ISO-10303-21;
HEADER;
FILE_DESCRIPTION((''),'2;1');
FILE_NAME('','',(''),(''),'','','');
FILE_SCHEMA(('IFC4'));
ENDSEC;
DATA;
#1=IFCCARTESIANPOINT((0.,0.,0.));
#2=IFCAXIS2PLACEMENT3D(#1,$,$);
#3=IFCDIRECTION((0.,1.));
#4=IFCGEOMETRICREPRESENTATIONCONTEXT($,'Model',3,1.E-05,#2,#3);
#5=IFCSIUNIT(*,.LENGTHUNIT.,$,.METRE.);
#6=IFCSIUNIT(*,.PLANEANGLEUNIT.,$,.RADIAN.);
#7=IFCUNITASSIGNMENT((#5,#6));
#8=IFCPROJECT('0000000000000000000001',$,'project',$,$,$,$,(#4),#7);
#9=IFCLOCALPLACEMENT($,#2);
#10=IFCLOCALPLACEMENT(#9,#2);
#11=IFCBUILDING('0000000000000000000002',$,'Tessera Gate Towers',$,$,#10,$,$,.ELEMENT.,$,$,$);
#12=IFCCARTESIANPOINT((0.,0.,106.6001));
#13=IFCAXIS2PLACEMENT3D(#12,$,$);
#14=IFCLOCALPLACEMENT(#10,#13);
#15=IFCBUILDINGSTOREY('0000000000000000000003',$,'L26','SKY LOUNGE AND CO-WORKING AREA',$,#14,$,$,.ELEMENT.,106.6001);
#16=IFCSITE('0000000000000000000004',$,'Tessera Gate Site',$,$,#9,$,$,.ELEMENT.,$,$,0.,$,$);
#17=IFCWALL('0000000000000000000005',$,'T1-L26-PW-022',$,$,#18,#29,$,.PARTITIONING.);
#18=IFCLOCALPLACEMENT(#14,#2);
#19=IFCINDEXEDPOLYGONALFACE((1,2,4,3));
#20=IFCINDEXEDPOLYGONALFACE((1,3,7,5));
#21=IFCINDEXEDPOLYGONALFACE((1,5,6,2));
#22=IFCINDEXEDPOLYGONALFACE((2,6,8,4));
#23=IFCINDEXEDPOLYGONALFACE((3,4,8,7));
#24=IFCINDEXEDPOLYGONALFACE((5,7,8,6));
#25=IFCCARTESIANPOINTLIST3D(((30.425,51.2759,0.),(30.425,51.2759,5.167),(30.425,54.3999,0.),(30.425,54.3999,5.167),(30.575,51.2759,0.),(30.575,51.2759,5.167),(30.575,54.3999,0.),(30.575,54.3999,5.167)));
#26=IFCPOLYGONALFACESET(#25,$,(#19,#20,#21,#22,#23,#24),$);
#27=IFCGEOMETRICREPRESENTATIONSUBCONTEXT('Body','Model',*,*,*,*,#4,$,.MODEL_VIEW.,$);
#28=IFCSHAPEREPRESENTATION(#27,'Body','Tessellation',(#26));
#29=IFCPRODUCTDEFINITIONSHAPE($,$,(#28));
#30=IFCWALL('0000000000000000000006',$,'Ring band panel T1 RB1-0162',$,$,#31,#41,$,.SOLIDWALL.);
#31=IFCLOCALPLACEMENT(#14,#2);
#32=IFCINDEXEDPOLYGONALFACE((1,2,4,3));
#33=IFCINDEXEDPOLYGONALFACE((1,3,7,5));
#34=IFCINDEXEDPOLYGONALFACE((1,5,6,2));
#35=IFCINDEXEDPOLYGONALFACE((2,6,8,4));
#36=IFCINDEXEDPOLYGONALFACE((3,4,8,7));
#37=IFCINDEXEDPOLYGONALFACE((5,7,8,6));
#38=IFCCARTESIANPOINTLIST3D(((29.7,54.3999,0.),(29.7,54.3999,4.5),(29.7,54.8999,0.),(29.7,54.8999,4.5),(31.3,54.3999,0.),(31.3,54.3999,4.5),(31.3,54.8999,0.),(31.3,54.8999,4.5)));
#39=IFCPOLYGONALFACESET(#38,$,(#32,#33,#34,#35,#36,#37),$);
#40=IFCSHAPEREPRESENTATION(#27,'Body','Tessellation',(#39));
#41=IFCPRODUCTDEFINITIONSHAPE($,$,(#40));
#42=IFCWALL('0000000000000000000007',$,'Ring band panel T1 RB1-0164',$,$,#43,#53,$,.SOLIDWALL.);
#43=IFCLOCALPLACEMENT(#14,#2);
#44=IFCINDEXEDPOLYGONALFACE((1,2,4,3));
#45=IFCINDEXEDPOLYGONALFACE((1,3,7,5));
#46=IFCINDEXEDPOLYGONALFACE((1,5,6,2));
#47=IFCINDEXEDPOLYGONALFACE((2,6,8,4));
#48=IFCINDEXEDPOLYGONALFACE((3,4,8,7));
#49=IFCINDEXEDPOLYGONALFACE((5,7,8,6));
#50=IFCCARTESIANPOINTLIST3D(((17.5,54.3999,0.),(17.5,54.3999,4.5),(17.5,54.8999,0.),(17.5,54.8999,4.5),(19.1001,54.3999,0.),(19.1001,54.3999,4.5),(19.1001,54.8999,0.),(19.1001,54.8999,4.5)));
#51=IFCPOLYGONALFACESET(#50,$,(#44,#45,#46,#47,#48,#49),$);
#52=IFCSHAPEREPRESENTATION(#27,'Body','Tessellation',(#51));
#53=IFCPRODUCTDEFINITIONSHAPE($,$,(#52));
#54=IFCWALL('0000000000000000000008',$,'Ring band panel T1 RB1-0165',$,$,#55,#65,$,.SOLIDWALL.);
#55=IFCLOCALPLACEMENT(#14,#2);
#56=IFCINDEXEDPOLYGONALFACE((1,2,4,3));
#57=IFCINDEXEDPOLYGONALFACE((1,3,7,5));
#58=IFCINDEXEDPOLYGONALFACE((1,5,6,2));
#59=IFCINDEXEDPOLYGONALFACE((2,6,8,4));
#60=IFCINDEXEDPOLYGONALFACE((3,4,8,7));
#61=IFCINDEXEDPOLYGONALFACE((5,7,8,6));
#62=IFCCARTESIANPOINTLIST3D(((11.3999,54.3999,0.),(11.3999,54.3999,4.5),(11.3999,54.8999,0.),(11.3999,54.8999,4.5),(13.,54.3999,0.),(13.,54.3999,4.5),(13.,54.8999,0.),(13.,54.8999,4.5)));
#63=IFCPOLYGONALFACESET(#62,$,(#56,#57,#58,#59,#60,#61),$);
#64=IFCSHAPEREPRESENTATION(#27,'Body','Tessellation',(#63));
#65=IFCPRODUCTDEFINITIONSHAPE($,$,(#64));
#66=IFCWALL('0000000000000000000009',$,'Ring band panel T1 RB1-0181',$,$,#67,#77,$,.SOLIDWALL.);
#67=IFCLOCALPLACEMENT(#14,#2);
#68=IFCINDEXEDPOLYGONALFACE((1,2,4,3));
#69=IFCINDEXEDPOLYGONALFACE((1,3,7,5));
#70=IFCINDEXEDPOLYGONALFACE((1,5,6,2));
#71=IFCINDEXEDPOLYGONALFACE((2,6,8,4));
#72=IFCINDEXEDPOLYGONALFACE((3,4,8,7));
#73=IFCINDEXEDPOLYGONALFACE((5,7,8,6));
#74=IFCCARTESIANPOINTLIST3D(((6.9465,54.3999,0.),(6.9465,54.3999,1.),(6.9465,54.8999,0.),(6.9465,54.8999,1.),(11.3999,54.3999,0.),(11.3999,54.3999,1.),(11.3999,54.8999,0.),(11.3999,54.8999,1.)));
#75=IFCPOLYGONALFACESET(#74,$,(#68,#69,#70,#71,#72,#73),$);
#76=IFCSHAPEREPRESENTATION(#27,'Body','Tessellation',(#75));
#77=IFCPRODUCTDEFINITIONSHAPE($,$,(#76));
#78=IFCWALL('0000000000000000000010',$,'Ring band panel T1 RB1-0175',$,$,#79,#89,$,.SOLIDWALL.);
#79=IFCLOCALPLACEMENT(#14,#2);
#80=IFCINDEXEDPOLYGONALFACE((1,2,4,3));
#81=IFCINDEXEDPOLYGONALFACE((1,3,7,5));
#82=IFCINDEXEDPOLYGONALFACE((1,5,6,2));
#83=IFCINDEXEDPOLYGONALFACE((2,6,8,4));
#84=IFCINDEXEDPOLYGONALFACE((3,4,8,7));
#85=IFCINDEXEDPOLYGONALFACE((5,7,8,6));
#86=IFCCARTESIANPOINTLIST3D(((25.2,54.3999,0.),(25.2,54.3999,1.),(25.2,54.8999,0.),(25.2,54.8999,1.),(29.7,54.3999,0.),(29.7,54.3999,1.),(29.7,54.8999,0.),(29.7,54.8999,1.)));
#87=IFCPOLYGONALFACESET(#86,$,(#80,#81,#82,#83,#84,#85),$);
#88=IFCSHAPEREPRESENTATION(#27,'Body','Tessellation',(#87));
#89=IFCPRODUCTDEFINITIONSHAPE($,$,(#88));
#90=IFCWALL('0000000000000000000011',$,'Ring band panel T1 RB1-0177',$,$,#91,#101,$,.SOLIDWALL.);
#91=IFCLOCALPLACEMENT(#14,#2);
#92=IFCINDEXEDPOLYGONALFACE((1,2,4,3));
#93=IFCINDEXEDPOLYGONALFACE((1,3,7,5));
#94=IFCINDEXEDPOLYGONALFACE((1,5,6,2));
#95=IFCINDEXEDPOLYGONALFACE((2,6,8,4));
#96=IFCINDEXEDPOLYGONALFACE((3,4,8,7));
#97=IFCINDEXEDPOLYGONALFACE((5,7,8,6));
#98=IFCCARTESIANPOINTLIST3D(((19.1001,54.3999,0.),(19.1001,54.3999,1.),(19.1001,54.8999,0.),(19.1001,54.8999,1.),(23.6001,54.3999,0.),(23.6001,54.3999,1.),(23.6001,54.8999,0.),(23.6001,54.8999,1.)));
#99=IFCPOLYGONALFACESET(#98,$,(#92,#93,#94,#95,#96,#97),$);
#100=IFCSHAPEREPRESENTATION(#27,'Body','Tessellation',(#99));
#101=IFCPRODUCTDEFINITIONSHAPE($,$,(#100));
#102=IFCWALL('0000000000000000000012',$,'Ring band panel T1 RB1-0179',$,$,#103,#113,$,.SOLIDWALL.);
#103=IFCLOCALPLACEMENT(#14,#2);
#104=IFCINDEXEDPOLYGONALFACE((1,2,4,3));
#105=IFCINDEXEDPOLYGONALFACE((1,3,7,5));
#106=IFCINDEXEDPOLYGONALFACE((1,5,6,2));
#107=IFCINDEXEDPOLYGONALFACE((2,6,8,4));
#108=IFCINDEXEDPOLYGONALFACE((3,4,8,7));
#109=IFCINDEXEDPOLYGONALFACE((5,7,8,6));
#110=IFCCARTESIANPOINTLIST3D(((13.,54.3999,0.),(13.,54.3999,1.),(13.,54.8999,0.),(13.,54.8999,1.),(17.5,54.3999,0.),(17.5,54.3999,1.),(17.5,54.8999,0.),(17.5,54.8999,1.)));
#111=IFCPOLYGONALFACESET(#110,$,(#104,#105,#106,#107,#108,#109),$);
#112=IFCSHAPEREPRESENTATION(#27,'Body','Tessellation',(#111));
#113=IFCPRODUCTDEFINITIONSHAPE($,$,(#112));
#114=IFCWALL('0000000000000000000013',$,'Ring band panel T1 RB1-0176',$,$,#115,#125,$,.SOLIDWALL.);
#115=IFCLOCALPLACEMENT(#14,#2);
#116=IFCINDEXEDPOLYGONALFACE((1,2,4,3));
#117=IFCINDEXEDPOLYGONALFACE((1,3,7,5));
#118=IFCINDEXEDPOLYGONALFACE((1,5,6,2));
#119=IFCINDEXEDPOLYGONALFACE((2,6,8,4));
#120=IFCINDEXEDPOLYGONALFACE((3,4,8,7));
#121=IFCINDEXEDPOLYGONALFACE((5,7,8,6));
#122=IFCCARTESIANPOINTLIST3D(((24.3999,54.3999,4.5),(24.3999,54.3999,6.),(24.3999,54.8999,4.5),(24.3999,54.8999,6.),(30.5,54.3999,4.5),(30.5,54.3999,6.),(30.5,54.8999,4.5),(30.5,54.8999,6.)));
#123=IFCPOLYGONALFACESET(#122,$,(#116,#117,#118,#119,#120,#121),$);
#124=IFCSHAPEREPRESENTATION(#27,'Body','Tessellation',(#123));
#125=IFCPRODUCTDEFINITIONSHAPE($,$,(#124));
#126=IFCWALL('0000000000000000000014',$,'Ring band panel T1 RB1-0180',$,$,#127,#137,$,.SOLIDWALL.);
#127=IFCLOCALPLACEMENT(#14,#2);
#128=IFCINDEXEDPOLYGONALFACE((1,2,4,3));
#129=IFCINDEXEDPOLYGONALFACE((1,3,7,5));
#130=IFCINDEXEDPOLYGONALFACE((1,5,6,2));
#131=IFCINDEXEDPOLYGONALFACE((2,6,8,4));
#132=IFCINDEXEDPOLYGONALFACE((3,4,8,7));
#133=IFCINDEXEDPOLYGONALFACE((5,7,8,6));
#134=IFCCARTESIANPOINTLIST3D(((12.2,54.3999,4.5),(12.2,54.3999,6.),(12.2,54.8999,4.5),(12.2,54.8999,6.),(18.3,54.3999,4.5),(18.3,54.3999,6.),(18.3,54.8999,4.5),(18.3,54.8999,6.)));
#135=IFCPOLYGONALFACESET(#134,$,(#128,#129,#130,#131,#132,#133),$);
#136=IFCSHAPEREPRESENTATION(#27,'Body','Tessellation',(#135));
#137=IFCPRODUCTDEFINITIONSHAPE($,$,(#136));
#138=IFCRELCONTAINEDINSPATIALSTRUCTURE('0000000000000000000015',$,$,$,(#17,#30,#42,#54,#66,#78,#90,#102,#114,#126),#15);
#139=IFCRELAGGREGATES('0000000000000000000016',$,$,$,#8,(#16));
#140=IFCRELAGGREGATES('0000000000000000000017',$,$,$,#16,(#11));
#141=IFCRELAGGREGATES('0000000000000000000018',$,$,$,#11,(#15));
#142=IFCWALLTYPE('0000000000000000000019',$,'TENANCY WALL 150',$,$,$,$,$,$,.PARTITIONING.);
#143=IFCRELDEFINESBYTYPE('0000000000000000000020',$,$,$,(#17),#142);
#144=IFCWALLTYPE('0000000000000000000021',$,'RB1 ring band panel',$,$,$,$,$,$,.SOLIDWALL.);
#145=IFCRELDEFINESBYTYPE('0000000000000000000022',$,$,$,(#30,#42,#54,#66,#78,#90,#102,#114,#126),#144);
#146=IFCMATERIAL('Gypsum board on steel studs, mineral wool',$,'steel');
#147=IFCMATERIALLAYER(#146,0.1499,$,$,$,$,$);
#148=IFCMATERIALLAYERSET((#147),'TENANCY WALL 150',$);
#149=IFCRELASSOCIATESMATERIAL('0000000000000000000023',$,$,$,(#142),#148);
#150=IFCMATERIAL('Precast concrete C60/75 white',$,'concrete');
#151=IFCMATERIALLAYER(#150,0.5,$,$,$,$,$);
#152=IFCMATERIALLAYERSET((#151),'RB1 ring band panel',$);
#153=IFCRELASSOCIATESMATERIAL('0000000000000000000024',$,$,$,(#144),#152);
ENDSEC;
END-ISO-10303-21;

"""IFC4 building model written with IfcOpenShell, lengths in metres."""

from ifc_helpers import new_model, si_unit, direction, frame, frame_2d, origin, place, context, subcontext, project, spatial, polyline, rectangle, outline, extrude, source, transform, mapped, material, layer, layer_set, type_object, element, save


model = new_model("IFC4")

# Units and contexts
model_context = context("Model", 3, precision=1e-05, world=origin(), true_north=direction((0.0, 1.0)))
body_context = subcontext(model_context, "Body", "Model", "MODEL_VIEW")
ifc_project = project(units=[si_unit("LENGTHUNIT", "METRE"), si_unit("PLANEANGLEUNIT", "RADIAN")], contexts=[model_context])

# Site, building, storey
site_placement = place(None, origin())
site = spatial("IfcSite", under=ifc_project, at=site_placement, Name="Tessera Gate Site", CompositionType="ELEMENT", RefElevation=0.0)
building_placement = place(site_placement, origin())
building = spatial("IfcBuilding", under=site, at=building_placement, Name="Tessera Gate Towers", CompositionType="ELEMENT")
storey_placement = place(building_placement, frame((0.0, 0.0, 106.6001)))
storey = spatial("IfcBuildingStorey", under=building, at=storey_placement, Name="L26", Description="SKY LOUNGE AND CO-WORKING AREA", CompositionType="ELEMENT", Elevation=106.6001)

# Walls
ifc_material_1 = material(Name="Gypsum board on steel studs, mineral wool", Category="steel")
ifc_layer_1 = layer(ifc_material_1, 0.1499)
ifc_layer_set_1 = layer_set([ifc_layer_1], Name="TENANCY WALL 150")
wall_type_1 = type_object("IfcWallType", Name="TENANCY WALL 150", PredefinedType="PARTITIONING", material=ifc_layer_set_1)
wall_1_placement = place(storey_placement, frame((30.5, 51.2759, 0.0), z_axis=(0.0, 0.0, 1.0), x_axis=(0.0, 1.0, 0.0)))
element("IfcWall", 1, at=wall_1_placement, inside=storey, type_object=wall_type_1, Name="T1-L26-PW-022", PredefinedType="PARTITIONING", context=body_context, shape_type="SweptSolid", body=[
    extrude(rectangle(XDim=3.124, YDim=0.1499, at=frame_2d((1.562, 0.0))), origin(), (0.0, 0.0, 1.0), 5.167),
])
ifc_material_2 = material(Name="Precast concrete C60/75 white", Category="concrete")
ifc_layer_2 = layer(ifc_material_2, 0.5)
ifc_layer_set_2 = layer_set([ifc_layer_2], Name="RB1 ring band panel")
wall_type_2 = type_object("IfcWallType", Name="RB1 ring band panel", PredefinedType="SOLIDWALL", material=ifc_layer_set_2)
shared_shape_1 = source(origin(), body_context, "Body", "SweptSolid", [
    extrude(outline(polyline([(0.0, 0.0), (1.6001, 0.0), (1.6001, 4.5), (0.0, 4.5), (0.0, 0.0)])), frame((0.0, 0.25, 0.0), z_axis=(0.0, -1.0, 0.0), x_axis=(1.0, 0.0, 0.0)), (0.0, 0.0, 1.0), 0.5),
])
for number, where, z_axis, x_axis, name in (
    (2, (31.3, 54.6499, 0.0), (0.0, 0.0, 1.0), (-1.0, 0.0, 0.0), "Ring band panel T1 RB1-0162"),
    (3, (19.1001, 54.6499, 0.0), (0.0, 0.0, 1.0), (-1.0, 0.0, 0.0), "Ring band panel T1 RB1-0164"),
    (4, (13.0, 54.6499, 0.0), (0.0, 0.0, 1.0), (-1.0, 0.0, 0.0), "Ring band panel T1 RB1-0165"),
):
    element("IfcWall", number, at=place(storey_placement, frame(where, z_axis=z_axis, x_axis=x_axis)), inside=storey, type_object=wall_type_2, Name=name, PredefinedType="SOLIDWALL", context=body_context, shape_type="MappedRepresentation", body=[
        mapped(shared_shape_1, transform((0.0, 0.0, 0.0), scale=1.0)),
    ])
shared_shape_2 = source(origin(), body_context, "Body", "SweptSolid", [
    extrude(outline(polyline([(0.0, 0.0), (4.4534, 0.0), (4.4534, 1.0), (0.0, 1.0), (0.0, 0.0)])), frame((0.0, 0.25, 0.0), z_axis=(0.0, -1.0, 0.0), x_axis=(1.0, 0.0, 0.0)), (0.0, 0.0, 1.0), 0.5),
])
wall_2_placement = place(storey_placement, frame((11.3999, 54.6499, 0.0), z_axis=(0.0, 0.0, 1.0), x_axis=(-1.0, 0.0, 0.0)))
element("IfcWall", 5, at=wall_2_placement, inside=storey, type_object=wall_type_2, Name="Ring band panel T1 RB1-0181", PredefinedType="SOLIDWALL", context=body_context, shape_type="MappedRepresentation", body=[
    mapped(shared_shape_2, transform((0.0, 0.0, 0.0), scale=1.0)),
])
shared_shape_3 = source(origin(), body_context, "Body", "SweptSolid", [
    extrude(outline(polyline([(0.0, 0.0), (4.5, 0.0), (4.5, 1.0), (0.0, 1.0), (0.0, 0.0)])), frame((0.0, 0.25, 0.0), z_axis=(0.0, -1.0, 0.0), x_axis=(1.0, 0.0, 0.0)), (0.0, 0.0, 1.0), 0.5),
])
for number, where, z_axis, x_axis, name in (
    (6, (29.7, 54.6499, 0.0), (0.0, 0.0, 1.0), (-1.0, 0.0, 0.0), "Ring band panel T1 RB1-0175"),
    (7, (23.6001, 54.6499, 0.0), (0.0, 0.0, 1.0), (-1.0, 0.0, 0.0), "Ring band panel T1 RB1-0177"),
    (8, (17.5, 54.6499, 0.0), (0.0, 0.0, 1.0), (-1.0, 0.0, 0.0), "Ring band panel T1 RB1-0179"),
):
    element("IfcWall", number, at=place(storey_placement, frame(where, z_axis=z_axis, x_axis=x_axis)), inside=storey, type_object=wall_type_2, Name=name, PredefinedType="SOLIDWALL", context=body_context, shape_type="MappedRepresentation", body=[
        mapped(shared_shape_3, transform((0.0, 0.0, 0.0), scale=1.0)),
    ])
shared_shape_4 = source(origin(), body_context, "Body", "SweptSolid", [
    extrude(outline(polyline([(0.0, 0.0), (6.1001, 0.0), (6.1001, 1.5), (0.0, 1.5), (0.0, 0.0)])), frame((0.0, 0.25, 0.0), z_axis=(0.0, -1.0, 0.0), x_axis=(1.0, 0.0, 0.0)), (0.0, 0.0, 1.0), 0.5),
])
for number, where, z_axis, x_axis, name in (
    (9, (30.5, 54.6499, 4.5), (0.0, 0.0, 1.0), (-1.0, 0.0, 0.0), "Ring band panel T1 RB1-0176"),
    (10, (18.3, 54.6499, 4.5), (0.0, 0.0, 1.0), (-1.0, 0.0, 0.0), "Ring band panel T1 RB1-0180"),
):
    element("IfcWall", number, at=place(storey_placement, frame(where, z_axis=z_axis, x_axis=x_axis)), inside=storey, type_object=wall_type_2, Name=name, PredefinedType="SOLIDWALL", context=body_context, shape_type="MappedRepresentation", body=[
        mapped(shared_shape_4, transform((0.0, 0.0, 0.0), scale=1.0)),
    ])

save(model, "model.ifc")
